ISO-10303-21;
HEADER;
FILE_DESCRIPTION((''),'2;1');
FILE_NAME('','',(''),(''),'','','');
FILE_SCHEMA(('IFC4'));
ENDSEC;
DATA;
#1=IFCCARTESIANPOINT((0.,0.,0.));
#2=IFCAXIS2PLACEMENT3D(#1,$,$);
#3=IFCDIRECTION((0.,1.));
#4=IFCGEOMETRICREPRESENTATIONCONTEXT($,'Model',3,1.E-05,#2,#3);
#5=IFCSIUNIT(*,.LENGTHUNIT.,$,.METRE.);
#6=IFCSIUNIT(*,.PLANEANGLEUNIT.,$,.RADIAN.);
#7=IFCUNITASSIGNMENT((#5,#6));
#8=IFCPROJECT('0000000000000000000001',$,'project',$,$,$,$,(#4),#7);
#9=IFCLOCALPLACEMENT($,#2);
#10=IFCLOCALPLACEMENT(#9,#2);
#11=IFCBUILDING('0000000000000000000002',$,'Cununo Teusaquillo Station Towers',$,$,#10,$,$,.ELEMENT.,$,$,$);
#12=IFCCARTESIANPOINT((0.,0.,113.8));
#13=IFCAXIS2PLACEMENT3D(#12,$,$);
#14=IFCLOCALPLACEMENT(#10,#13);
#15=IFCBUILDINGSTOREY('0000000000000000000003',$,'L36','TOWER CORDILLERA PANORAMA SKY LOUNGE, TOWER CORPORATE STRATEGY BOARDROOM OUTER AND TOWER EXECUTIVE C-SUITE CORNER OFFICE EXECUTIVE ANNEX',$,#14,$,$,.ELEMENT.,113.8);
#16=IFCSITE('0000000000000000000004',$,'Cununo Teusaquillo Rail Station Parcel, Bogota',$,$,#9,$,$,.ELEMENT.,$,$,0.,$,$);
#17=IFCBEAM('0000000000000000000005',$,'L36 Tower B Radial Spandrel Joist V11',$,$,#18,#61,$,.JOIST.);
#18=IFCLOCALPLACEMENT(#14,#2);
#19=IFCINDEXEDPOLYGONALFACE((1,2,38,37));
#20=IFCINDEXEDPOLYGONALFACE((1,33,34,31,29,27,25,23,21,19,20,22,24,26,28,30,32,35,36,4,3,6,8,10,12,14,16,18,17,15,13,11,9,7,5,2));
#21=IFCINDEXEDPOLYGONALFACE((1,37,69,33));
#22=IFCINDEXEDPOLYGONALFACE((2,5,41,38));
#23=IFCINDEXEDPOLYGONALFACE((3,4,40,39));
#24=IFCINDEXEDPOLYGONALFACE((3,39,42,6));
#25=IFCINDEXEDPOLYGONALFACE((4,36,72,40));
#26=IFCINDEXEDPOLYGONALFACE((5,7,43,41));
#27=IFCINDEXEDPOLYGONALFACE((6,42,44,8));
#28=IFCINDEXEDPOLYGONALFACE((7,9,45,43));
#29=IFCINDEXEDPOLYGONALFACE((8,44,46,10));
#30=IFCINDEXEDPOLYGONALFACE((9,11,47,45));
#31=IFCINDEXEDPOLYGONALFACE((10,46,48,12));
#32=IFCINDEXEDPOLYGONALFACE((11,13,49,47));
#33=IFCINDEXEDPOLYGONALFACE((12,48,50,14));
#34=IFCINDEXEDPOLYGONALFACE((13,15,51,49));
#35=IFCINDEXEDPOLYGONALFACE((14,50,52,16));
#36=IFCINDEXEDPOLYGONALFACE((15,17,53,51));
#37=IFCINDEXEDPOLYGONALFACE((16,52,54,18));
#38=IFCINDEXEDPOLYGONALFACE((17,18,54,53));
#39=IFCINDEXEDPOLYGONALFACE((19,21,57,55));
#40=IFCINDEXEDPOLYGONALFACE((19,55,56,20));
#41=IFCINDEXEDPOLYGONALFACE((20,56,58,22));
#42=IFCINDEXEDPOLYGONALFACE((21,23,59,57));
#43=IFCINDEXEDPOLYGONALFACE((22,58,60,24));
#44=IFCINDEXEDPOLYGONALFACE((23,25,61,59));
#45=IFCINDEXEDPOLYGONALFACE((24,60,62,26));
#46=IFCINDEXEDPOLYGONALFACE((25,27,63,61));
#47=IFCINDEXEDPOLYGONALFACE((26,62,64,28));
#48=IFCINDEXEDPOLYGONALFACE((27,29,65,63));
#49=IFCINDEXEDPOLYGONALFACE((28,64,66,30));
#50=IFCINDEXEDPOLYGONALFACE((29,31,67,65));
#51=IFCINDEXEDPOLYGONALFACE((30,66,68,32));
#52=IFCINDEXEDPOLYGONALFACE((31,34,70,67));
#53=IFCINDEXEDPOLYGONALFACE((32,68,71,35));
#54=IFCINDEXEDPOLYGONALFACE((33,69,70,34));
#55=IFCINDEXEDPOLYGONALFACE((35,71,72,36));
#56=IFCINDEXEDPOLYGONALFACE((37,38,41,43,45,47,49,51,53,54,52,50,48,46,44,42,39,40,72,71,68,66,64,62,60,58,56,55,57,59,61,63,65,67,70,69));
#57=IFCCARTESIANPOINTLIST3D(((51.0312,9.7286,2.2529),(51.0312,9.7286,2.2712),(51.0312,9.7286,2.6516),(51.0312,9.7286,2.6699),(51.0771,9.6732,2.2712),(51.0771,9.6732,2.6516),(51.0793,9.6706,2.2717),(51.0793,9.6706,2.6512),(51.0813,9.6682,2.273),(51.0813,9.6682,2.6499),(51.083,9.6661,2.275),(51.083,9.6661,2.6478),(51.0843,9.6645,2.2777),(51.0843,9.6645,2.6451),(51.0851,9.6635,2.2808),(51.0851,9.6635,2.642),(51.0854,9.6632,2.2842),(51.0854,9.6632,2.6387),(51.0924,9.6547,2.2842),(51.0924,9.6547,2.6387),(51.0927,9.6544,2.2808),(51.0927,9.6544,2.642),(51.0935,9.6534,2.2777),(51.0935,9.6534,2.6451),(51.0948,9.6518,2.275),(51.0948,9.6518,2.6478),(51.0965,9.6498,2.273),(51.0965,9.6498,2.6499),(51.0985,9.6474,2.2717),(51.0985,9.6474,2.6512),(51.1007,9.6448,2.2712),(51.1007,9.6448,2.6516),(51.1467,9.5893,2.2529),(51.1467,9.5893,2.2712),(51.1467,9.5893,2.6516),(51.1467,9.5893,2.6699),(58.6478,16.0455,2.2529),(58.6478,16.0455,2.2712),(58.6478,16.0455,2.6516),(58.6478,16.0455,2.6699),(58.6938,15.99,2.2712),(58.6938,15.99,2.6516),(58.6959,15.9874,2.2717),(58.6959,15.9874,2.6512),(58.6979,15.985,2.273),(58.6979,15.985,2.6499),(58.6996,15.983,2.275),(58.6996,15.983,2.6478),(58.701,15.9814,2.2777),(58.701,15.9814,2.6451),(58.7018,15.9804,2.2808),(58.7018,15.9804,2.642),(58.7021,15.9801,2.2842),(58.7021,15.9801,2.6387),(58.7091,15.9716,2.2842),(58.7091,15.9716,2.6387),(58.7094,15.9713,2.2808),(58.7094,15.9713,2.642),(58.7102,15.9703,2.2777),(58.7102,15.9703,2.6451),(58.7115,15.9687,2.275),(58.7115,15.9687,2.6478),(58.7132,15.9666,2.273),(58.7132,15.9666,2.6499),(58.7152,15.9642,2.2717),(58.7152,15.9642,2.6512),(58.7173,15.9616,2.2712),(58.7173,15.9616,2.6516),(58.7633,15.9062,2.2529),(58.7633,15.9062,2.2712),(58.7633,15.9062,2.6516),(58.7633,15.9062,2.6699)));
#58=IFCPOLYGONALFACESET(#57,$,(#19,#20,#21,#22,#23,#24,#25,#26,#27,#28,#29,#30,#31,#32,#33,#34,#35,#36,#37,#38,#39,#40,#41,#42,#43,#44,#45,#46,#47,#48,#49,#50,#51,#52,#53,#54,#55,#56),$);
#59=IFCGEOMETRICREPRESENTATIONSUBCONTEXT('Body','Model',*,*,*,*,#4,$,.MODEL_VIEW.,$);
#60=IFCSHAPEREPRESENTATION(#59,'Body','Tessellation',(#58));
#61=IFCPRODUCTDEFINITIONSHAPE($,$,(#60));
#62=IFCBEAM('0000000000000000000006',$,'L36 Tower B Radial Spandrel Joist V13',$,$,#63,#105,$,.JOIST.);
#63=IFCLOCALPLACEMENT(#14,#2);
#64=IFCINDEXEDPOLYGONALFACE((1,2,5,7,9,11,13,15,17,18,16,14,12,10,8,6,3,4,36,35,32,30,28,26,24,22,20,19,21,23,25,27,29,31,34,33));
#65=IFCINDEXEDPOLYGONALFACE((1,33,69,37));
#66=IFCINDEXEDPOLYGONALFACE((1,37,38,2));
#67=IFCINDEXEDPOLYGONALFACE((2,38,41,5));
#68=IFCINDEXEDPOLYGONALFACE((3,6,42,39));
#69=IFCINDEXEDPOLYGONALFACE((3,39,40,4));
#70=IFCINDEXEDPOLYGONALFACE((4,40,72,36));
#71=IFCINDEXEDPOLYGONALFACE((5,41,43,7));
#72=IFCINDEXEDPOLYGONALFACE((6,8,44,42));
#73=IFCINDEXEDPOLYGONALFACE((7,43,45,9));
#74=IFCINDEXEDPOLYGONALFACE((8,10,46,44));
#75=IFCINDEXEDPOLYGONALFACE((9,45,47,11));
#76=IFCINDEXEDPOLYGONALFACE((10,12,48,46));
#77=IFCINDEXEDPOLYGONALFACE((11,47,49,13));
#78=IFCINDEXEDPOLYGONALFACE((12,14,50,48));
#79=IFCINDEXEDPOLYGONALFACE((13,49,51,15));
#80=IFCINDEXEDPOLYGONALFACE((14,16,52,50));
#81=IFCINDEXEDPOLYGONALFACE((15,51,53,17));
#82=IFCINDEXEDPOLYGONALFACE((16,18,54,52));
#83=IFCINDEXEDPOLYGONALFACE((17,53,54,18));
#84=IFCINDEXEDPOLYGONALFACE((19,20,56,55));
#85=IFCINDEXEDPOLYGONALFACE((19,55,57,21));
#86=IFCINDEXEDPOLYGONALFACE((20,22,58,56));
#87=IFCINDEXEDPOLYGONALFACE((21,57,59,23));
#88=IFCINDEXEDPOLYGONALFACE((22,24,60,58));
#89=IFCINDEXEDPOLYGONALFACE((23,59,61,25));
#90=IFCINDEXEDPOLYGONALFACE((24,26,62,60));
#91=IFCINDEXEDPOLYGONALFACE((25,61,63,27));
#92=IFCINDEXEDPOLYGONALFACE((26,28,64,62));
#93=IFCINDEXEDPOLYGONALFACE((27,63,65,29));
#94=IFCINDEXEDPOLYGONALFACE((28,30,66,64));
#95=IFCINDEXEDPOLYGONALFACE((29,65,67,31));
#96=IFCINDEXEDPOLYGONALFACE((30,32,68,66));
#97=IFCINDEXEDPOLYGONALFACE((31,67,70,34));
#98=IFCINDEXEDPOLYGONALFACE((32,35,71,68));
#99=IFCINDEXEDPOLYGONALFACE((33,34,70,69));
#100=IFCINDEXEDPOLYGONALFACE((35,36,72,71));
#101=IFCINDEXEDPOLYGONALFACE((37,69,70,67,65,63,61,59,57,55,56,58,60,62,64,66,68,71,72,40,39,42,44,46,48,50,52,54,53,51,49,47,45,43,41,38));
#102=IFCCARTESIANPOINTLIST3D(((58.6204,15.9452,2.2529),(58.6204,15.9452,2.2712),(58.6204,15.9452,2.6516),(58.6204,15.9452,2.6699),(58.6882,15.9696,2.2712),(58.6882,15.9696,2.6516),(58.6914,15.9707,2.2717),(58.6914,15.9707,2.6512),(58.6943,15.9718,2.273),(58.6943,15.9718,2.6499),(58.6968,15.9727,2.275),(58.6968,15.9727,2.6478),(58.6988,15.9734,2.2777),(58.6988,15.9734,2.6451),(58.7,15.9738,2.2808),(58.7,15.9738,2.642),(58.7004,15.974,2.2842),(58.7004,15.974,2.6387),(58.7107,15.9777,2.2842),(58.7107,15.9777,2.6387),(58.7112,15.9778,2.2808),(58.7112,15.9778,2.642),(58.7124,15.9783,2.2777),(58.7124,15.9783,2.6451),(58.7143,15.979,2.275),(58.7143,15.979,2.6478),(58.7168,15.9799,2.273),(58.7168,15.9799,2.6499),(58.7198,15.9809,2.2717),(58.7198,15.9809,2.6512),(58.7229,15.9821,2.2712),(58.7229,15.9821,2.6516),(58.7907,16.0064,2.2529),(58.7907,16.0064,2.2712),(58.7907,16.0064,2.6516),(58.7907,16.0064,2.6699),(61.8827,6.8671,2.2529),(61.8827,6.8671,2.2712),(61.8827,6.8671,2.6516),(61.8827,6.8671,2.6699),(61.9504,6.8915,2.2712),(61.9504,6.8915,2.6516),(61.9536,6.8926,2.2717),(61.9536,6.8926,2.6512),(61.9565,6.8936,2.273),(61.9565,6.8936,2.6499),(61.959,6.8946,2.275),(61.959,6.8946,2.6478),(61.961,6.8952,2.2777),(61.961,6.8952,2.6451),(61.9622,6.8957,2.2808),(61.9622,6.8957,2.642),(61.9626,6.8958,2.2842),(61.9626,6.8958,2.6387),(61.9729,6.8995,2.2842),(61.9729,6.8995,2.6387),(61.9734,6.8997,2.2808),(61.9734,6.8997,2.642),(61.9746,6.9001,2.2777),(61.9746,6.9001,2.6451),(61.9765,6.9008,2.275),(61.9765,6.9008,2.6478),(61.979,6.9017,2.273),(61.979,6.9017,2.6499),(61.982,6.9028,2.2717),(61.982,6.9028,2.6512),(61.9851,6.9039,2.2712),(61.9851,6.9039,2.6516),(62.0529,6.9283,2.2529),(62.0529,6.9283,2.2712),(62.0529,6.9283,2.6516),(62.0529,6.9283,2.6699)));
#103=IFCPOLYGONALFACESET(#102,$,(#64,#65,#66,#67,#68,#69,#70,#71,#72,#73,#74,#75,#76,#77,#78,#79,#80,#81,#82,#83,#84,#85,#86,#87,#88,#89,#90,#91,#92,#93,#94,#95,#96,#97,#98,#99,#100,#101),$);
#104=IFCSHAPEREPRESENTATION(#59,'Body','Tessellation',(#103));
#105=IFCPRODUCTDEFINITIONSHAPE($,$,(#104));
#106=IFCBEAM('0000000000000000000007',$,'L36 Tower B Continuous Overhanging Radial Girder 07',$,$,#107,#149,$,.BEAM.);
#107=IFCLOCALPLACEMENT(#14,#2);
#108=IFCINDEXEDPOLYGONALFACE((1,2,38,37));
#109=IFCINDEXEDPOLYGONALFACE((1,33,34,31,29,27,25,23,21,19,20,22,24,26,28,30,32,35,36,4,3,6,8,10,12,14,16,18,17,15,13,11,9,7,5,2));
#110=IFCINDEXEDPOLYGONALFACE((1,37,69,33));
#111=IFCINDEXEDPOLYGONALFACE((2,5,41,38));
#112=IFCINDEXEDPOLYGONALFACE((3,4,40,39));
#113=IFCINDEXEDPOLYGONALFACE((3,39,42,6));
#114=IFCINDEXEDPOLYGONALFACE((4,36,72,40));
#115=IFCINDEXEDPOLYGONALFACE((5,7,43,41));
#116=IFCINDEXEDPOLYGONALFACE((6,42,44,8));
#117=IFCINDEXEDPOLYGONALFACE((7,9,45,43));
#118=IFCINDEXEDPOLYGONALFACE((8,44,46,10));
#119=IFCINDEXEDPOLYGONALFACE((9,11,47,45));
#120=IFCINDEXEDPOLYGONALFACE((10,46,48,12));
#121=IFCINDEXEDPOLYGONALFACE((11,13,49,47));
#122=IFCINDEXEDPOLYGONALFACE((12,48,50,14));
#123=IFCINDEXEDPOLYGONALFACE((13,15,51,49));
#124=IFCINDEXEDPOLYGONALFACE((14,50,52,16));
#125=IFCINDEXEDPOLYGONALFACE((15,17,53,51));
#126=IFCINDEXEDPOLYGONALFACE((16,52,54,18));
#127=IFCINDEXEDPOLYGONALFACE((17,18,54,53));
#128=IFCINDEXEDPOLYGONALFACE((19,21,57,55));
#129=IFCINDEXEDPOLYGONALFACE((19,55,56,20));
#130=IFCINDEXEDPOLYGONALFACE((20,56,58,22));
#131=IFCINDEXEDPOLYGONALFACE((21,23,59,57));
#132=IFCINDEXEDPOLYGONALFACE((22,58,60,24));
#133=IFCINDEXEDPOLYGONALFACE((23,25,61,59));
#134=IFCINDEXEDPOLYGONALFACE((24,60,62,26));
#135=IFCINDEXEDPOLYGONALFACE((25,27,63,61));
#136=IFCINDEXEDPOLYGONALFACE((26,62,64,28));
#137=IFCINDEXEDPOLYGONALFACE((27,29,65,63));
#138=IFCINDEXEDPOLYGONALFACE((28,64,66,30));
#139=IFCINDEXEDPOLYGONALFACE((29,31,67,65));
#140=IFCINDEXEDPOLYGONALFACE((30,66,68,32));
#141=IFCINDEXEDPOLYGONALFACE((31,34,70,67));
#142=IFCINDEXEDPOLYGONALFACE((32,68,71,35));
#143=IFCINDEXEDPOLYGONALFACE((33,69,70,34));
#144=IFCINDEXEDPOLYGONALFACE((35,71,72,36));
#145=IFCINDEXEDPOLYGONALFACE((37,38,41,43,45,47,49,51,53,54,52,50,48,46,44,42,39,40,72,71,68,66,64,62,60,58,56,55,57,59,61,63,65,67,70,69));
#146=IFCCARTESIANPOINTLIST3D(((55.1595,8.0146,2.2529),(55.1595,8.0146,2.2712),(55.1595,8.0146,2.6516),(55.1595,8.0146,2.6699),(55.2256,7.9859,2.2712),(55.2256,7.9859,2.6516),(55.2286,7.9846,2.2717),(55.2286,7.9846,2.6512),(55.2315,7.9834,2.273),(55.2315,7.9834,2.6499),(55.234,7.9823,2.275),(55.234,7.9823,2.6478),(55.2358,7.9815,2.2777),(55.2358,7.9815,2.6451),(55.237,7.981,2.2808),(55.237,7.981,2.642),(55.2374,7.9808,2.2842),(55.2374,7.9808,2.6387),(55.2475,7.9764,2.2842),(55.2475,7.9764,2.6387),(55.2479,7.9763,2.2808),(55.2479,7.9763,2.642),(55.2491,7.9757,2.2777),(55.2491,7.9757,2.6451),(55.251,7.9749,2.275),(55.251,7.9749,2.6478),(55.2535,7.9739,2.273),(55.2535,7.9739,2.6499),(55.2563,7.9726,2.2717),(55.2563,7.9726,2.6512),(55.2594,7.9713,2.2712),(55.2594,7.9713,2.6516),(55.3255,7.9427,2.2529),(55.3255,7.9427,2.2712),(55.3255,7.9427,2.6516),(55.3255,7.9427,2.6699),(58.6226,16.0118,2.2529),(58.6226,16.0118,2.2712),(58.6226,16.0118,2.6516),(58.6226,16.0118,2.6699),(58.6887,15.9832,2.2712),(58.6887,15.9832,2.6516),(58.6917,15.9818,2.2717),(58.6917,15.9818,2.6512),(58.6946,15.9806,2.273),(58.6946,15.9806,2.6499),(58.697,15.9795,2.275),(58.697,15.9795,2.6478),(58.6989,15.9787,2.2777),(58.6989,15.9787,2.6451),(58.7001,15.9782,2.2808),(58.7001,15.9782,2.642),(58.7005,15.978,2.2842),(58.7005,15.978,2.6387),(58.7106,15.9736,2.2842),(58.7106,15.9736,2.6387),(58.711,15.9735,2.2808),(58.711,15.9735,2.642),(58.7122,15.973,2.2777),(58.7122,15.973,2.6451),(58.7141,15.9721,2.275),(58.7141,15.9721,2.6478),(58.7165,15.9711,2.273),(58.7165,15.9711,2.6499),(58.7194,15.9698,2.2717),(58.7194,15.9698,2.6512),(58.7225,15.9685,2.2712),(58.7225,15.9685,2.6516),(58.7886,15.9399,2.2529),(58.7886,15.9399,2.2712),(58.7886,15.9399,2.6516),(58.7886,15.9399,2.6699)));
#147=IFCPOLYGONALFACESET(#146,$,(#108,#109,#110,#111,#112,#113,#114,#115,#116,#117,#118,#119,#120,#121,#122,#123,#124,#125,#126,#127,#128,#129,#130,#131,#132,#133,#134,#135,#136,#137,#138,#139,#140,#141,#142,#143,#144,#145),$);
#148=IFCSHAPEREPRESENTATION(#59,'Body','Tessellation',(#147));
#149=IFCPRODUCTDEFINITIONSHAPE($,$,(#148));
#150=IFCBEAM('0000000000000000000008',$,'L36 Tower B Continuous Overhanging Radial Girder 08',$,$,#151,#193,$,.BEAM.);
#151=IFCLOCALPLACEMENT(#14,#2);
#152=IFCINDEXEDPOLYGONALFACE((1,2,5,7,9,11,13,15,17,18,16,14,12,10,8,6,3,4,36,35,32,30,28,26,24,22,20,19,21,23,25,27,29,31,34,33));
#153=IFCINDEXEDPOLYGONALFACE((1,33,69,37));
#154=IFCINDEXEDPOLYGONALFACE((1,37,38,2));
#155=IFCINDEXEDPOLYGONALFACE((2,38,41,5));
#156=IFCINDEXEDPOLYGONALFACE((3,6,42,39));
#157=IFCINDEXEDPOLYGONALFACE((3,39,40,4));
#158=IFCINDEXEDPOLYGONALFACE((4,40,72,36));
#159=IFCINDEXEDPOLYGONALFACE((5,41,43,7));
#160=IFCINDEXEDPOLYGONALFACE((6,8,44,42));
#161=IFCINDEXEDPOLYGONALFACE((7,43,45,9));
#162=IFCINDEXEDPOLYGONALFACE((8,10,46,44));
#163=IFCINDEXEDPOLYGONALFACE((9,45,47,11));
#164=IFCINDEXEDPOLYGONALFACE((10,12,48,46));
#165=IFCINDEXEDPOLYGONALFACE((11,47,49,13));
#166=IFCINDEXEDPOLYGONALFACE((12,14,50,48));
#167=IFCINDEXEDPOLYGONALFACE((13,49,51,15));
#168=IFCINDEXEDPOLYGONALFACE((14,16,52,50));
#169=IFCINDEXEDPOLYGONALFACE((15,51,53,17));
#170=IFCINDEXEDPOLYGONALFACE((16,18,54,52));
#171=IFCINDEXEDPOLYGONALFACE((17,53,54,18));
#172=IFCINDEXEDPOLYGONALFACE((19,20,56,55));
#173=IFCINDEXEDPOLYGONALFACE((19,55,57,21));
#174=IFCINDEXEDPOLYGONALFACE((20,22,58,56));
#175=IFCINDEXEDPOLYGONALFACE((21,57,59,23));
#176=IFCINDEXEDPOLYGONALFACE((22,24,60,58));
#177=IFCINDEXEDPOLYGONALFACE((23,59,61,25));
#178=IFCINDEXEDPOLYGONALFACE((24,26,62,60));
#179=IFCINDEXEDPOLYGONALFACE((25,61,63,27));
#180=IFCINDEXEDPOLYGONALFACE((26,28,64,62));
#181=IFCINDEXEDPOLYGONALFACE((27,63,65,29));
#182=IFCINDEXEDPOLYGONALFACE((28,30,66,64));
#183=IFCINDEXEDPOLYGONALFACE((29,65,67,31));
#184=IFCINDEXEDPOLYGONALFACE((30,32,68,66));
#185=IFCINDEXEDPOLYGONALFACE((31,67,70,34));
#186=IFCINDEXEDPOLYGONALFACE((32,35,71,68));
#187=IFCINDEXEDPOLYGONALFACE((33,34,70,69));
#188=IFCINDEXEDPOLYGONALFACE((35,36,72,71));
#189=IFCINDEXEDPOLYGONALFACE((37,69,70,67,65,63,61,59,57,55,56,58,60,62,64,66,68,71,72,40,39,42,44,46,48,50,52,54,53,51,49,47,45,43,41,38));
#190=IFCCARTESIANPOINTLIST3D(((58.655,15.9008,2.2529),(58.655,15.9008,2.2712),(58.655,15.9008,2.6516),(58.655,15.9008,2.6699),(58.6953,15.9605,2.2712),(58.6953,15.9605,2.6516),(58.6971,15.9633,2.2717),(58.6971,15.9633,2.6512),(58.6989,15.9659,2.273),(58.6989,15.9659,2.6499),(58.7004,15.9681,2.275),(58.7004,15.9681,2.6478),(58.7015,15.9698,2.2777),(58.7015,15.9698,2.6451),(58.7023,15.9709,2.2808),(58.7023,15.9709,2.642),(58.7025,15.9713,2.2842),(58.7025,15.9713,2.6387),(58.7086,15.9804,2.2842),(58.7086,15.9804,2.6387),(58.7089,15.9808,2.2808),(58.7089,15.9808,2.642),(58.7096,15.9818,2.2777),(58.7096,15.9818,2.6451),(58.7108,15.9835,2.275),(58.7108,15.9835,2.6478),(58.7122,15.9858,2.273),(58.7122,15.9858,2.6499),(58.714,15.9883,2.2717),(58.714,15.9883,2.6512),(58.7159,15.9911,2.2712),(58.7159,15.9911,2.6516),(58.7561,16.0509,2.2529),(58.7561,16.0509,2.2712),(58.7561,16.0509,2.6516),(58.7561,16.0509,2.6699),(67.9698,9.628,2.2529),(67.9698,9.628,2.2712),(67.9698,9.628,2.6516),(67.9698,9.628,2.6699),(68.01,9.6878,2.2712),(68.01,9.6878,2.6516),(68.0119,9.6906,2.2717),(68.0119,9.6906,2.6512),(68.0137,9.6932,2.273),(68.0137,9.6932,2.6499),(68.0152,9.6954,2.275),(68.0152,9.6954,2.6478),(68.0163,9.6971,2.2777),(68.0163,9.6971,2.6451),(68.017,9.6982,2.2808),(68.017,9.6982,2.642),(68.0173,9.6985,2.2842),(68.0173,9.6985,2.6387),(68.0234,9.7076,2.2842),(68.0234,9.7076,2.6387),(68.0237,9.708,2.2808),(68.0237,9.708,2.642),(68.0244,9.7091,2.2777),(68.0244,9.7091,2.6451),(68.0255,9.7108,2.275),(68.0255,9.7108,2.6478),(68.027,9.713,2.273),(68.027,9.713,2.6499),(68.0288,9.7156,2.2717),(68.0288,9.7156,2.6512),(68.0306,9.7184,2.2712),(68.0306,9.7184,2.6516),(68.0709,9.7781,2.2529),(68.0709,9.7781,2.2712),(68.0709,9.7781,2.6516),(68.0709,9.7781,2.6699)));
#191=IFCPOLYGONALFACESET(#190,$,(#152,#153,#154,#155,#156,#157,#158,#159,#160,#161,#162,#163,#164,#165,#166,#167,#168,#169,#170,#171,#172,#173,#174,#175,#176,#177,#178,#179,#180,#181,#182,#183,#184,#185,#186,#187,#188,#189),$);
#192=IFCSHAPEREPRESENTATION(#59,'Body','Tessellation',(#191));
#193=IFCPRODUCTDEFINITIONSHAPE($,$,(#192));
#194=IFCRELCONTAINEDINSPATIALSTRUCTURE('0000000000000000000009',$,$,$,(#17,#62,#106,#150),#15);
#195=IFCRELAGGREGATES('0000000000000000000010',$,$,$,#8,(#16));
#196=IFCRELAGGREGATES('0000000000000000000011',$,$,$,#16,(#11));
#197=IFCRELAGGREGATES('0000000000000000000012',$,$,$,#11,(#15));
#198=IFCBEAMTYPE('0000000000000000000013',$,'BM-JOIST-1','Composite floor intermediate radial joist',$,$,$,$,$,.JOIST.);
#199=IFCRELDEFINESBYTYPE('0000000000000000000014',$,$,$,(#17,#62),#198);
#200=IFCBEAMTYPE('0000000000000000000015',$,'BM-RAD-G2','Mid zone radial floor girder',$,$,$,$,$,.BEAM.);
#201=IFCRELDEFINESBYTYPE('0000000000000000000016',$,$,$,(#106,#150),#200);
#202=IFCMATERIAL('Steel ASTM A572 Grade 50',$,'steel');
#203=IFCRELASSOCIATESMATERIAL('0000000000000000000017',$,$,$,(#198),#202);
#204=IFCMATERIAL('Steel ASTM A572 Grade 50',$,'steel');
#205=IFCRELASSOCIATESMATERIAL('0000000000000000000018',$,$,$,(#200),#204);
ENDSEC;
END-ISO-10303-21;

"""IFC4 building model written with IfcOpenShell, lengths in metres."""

from ifc_helpers import new_model, si_unit, direction, frame, origin, origin_2d, place, context, subcontext, project, spatial, i_section, extrude, material, material_profile, profile_set, type_object, element, save


model = new_model("IFC4")

# Units and contexts
model_context = context("Model", 3, precision=1e-05, world=origin(), true_north=direction((0.0, 1.0)))
body_context = subcontext(model_context, "Body", "Model", "MODEL_VIEW")
ifc_project = project(units=[si_unit("LENGTHUNIT", "METRE"), si_unit("PLANEANGLEUNIT", "RADIAN")], contexts=[model_context])

# Site, building, storey
site_placement = place(None, origin())
site = spatial("IfcSite", under=ifc_project, at=site_placement, Name="Cununo Teusaquillo Rail Station Parcel, Bogota", CompositionType="ELEMENT", RefElevation=0.0)
building_placement = place(site_placement, origin())
building = spatial("IfcBuilding", under=site, at=building_placement, Name="Cununo Teusaquillo Station Towers", CompositionType="ELEMENT")
storey_placement = place(building_placement, frame((0.0, 0.0, 113.8)))
storey = spatial("IfcBuildingStorey", under=building, at=storey_placement, Name="L36", Description="TOWER CORDILLERA PANORAMA SKY LOUNGE, TOWER CORPORATE STRATEGY BOARDROOM OUTER AND TOWER EXECUTIVE C-SUITE CORNER OFFICE EXECUTIVE ANNEX", CompositionType="ELEMENT", Elevation=113.8)

# Beams
ifc_material_1 = material(Name="Steel ASTM A572 Grade 50", Category="steel")
ifc_material_profile_1 = material_profile(ifc_material_1, i_section(OverallWidth=0.1809, OverallDepth=0.417, WebThickness=0.011, FlangeThickness=0.0183, FilletRadius=0.0129, at=origin_2d()), Name="W16X57")
ifc_profile_set_1 = profile_set([ifc_material_profile_1], Name="Steel ASTM A572 Grade 50")
beam_type_1 = type_object("IfcBeamType", Name="BM-JOIST-1", Description="Composite floor intermediate radial joist", PredefinedType="JOIST", material=ifc_profile_set_1)
beam_1_placement = place(storey_placement, frame((58.7056, 15.9758, 2.4614), z_axis=(-0.769728, -0.638372, 0.0), x_axis=(0.638372, -0.769728, 0.0)))
element("IfcBeam", 1, at=beam_1_placement, inside=storey, type_object=beam_type_1, Name="L36 Tower B Radial Spandrel Joist V11", PredefinedType="JOIST", context=body_context, shape_type="SweptSolid", body=[
    extrude(i_section(OverallWidth=0.1809, OverallDepth=0.417, WebThickness=0.011, FlangeThickness=0.0183, FilletRadius=0.0129, at=origin_2d()), origin(), (0.0, 0.0, 1.0), 9.8953),
])
beam_2_placement = place(storey_placement, frame((58.7056, 15.9758, 2.4614), z_axis=(0.338176, -0.941083, 0.0), x_axis=(0.941083, 0.338176, 0.0)))
element("IfcBeam", 2, at=beam_2_placement, inside=storey, type_object=beam_type_1, Name="L36 Tower B Radial Spandrel Joist V13", PredefinedType="JOIST", context=body_context, shape_type="SweptSolid", body=[
    extrude(i_section(OverallWidth=0.1809, OverallDepth=0.417, WebThickness=0.011, FlangeThickness=0.0183, FilletRadius=0.0129, at=origin_2d()), origin(), (0.0, 0.0, 1.0), 9.6465),
])
ifc_material_2 = material(Name="Steel ASTM A572 Grade 50", Category="steel")
ifc_material_profile_2 = material_profile(ifc_material_2, i_section(OverallWidth=0.1809, OverallDepth=0.417, WebThickness=0.011, FlangeThickness=0.0183, FilletRadius=0.0129, at=origin_2d()), Name="W16X57")
ifc_profile_set_2 = profile_set([ifc_material_profile_2], Name="Steel ASTM A572 Grade 50")
beam_type_2 = type_object("IfcBeamType", Name="BM-RAD-G2", Description="Mid zone radial floor girder", PredefinedType="BEAM", material=ifc_profile_set_2)
beam_3_placement = place(storey_placement, frame((58.7056, 15.9758, 2.4614), z_axis=(-0.397379, -0.917655, 0.0), x_axis=(0.917655, -0.397379, 0.0)))
element("IfcBeam", 3, at=beam_3_placement, inside=storey, type_object=beam_type_2, Name="L36 Tower B Continuous Overhanging Radial Girder 07", PredefinedType="BEAM", context=body_context, shape_type="SweptSolid", body=[
    extrude(i_section(OverallWidth=0.1809, OverallDepth=0.417, WebThickness=0.011, FlangeThickness=0.0183, FilletRadius=0.0129, at=origin_2d()), origin(), (0.0, 0.0, 1.0), 8.7148),
])
beam_4_placement = place(storey_placement, frame((58.7056, 15.9758, 2.4614), z_axis=(0.829456, -0.558572, 0.0), x_axis=(0.558572, 0.829456, 0.0)))
element("IfcBeam", 4, at=beam_4_placement, inside=storey, type_object=beam_type_2, Name="L36 Tower B Continuous Overhanging Radial Girder 08", PredefinedType="BEAM", context=body_context, shape_type="SweptSolid", body=[
    extrude(i_section(OverallWidth=0.1809, OverallDepth=0.417, WebThickness=0.011, FlangeThickness=0.0183, FilletRadius=0.0129, at=origin_2d()), origin(), (0.0, 0.0, 1.0), 11.23),
])

save(model, "model.ifc")
